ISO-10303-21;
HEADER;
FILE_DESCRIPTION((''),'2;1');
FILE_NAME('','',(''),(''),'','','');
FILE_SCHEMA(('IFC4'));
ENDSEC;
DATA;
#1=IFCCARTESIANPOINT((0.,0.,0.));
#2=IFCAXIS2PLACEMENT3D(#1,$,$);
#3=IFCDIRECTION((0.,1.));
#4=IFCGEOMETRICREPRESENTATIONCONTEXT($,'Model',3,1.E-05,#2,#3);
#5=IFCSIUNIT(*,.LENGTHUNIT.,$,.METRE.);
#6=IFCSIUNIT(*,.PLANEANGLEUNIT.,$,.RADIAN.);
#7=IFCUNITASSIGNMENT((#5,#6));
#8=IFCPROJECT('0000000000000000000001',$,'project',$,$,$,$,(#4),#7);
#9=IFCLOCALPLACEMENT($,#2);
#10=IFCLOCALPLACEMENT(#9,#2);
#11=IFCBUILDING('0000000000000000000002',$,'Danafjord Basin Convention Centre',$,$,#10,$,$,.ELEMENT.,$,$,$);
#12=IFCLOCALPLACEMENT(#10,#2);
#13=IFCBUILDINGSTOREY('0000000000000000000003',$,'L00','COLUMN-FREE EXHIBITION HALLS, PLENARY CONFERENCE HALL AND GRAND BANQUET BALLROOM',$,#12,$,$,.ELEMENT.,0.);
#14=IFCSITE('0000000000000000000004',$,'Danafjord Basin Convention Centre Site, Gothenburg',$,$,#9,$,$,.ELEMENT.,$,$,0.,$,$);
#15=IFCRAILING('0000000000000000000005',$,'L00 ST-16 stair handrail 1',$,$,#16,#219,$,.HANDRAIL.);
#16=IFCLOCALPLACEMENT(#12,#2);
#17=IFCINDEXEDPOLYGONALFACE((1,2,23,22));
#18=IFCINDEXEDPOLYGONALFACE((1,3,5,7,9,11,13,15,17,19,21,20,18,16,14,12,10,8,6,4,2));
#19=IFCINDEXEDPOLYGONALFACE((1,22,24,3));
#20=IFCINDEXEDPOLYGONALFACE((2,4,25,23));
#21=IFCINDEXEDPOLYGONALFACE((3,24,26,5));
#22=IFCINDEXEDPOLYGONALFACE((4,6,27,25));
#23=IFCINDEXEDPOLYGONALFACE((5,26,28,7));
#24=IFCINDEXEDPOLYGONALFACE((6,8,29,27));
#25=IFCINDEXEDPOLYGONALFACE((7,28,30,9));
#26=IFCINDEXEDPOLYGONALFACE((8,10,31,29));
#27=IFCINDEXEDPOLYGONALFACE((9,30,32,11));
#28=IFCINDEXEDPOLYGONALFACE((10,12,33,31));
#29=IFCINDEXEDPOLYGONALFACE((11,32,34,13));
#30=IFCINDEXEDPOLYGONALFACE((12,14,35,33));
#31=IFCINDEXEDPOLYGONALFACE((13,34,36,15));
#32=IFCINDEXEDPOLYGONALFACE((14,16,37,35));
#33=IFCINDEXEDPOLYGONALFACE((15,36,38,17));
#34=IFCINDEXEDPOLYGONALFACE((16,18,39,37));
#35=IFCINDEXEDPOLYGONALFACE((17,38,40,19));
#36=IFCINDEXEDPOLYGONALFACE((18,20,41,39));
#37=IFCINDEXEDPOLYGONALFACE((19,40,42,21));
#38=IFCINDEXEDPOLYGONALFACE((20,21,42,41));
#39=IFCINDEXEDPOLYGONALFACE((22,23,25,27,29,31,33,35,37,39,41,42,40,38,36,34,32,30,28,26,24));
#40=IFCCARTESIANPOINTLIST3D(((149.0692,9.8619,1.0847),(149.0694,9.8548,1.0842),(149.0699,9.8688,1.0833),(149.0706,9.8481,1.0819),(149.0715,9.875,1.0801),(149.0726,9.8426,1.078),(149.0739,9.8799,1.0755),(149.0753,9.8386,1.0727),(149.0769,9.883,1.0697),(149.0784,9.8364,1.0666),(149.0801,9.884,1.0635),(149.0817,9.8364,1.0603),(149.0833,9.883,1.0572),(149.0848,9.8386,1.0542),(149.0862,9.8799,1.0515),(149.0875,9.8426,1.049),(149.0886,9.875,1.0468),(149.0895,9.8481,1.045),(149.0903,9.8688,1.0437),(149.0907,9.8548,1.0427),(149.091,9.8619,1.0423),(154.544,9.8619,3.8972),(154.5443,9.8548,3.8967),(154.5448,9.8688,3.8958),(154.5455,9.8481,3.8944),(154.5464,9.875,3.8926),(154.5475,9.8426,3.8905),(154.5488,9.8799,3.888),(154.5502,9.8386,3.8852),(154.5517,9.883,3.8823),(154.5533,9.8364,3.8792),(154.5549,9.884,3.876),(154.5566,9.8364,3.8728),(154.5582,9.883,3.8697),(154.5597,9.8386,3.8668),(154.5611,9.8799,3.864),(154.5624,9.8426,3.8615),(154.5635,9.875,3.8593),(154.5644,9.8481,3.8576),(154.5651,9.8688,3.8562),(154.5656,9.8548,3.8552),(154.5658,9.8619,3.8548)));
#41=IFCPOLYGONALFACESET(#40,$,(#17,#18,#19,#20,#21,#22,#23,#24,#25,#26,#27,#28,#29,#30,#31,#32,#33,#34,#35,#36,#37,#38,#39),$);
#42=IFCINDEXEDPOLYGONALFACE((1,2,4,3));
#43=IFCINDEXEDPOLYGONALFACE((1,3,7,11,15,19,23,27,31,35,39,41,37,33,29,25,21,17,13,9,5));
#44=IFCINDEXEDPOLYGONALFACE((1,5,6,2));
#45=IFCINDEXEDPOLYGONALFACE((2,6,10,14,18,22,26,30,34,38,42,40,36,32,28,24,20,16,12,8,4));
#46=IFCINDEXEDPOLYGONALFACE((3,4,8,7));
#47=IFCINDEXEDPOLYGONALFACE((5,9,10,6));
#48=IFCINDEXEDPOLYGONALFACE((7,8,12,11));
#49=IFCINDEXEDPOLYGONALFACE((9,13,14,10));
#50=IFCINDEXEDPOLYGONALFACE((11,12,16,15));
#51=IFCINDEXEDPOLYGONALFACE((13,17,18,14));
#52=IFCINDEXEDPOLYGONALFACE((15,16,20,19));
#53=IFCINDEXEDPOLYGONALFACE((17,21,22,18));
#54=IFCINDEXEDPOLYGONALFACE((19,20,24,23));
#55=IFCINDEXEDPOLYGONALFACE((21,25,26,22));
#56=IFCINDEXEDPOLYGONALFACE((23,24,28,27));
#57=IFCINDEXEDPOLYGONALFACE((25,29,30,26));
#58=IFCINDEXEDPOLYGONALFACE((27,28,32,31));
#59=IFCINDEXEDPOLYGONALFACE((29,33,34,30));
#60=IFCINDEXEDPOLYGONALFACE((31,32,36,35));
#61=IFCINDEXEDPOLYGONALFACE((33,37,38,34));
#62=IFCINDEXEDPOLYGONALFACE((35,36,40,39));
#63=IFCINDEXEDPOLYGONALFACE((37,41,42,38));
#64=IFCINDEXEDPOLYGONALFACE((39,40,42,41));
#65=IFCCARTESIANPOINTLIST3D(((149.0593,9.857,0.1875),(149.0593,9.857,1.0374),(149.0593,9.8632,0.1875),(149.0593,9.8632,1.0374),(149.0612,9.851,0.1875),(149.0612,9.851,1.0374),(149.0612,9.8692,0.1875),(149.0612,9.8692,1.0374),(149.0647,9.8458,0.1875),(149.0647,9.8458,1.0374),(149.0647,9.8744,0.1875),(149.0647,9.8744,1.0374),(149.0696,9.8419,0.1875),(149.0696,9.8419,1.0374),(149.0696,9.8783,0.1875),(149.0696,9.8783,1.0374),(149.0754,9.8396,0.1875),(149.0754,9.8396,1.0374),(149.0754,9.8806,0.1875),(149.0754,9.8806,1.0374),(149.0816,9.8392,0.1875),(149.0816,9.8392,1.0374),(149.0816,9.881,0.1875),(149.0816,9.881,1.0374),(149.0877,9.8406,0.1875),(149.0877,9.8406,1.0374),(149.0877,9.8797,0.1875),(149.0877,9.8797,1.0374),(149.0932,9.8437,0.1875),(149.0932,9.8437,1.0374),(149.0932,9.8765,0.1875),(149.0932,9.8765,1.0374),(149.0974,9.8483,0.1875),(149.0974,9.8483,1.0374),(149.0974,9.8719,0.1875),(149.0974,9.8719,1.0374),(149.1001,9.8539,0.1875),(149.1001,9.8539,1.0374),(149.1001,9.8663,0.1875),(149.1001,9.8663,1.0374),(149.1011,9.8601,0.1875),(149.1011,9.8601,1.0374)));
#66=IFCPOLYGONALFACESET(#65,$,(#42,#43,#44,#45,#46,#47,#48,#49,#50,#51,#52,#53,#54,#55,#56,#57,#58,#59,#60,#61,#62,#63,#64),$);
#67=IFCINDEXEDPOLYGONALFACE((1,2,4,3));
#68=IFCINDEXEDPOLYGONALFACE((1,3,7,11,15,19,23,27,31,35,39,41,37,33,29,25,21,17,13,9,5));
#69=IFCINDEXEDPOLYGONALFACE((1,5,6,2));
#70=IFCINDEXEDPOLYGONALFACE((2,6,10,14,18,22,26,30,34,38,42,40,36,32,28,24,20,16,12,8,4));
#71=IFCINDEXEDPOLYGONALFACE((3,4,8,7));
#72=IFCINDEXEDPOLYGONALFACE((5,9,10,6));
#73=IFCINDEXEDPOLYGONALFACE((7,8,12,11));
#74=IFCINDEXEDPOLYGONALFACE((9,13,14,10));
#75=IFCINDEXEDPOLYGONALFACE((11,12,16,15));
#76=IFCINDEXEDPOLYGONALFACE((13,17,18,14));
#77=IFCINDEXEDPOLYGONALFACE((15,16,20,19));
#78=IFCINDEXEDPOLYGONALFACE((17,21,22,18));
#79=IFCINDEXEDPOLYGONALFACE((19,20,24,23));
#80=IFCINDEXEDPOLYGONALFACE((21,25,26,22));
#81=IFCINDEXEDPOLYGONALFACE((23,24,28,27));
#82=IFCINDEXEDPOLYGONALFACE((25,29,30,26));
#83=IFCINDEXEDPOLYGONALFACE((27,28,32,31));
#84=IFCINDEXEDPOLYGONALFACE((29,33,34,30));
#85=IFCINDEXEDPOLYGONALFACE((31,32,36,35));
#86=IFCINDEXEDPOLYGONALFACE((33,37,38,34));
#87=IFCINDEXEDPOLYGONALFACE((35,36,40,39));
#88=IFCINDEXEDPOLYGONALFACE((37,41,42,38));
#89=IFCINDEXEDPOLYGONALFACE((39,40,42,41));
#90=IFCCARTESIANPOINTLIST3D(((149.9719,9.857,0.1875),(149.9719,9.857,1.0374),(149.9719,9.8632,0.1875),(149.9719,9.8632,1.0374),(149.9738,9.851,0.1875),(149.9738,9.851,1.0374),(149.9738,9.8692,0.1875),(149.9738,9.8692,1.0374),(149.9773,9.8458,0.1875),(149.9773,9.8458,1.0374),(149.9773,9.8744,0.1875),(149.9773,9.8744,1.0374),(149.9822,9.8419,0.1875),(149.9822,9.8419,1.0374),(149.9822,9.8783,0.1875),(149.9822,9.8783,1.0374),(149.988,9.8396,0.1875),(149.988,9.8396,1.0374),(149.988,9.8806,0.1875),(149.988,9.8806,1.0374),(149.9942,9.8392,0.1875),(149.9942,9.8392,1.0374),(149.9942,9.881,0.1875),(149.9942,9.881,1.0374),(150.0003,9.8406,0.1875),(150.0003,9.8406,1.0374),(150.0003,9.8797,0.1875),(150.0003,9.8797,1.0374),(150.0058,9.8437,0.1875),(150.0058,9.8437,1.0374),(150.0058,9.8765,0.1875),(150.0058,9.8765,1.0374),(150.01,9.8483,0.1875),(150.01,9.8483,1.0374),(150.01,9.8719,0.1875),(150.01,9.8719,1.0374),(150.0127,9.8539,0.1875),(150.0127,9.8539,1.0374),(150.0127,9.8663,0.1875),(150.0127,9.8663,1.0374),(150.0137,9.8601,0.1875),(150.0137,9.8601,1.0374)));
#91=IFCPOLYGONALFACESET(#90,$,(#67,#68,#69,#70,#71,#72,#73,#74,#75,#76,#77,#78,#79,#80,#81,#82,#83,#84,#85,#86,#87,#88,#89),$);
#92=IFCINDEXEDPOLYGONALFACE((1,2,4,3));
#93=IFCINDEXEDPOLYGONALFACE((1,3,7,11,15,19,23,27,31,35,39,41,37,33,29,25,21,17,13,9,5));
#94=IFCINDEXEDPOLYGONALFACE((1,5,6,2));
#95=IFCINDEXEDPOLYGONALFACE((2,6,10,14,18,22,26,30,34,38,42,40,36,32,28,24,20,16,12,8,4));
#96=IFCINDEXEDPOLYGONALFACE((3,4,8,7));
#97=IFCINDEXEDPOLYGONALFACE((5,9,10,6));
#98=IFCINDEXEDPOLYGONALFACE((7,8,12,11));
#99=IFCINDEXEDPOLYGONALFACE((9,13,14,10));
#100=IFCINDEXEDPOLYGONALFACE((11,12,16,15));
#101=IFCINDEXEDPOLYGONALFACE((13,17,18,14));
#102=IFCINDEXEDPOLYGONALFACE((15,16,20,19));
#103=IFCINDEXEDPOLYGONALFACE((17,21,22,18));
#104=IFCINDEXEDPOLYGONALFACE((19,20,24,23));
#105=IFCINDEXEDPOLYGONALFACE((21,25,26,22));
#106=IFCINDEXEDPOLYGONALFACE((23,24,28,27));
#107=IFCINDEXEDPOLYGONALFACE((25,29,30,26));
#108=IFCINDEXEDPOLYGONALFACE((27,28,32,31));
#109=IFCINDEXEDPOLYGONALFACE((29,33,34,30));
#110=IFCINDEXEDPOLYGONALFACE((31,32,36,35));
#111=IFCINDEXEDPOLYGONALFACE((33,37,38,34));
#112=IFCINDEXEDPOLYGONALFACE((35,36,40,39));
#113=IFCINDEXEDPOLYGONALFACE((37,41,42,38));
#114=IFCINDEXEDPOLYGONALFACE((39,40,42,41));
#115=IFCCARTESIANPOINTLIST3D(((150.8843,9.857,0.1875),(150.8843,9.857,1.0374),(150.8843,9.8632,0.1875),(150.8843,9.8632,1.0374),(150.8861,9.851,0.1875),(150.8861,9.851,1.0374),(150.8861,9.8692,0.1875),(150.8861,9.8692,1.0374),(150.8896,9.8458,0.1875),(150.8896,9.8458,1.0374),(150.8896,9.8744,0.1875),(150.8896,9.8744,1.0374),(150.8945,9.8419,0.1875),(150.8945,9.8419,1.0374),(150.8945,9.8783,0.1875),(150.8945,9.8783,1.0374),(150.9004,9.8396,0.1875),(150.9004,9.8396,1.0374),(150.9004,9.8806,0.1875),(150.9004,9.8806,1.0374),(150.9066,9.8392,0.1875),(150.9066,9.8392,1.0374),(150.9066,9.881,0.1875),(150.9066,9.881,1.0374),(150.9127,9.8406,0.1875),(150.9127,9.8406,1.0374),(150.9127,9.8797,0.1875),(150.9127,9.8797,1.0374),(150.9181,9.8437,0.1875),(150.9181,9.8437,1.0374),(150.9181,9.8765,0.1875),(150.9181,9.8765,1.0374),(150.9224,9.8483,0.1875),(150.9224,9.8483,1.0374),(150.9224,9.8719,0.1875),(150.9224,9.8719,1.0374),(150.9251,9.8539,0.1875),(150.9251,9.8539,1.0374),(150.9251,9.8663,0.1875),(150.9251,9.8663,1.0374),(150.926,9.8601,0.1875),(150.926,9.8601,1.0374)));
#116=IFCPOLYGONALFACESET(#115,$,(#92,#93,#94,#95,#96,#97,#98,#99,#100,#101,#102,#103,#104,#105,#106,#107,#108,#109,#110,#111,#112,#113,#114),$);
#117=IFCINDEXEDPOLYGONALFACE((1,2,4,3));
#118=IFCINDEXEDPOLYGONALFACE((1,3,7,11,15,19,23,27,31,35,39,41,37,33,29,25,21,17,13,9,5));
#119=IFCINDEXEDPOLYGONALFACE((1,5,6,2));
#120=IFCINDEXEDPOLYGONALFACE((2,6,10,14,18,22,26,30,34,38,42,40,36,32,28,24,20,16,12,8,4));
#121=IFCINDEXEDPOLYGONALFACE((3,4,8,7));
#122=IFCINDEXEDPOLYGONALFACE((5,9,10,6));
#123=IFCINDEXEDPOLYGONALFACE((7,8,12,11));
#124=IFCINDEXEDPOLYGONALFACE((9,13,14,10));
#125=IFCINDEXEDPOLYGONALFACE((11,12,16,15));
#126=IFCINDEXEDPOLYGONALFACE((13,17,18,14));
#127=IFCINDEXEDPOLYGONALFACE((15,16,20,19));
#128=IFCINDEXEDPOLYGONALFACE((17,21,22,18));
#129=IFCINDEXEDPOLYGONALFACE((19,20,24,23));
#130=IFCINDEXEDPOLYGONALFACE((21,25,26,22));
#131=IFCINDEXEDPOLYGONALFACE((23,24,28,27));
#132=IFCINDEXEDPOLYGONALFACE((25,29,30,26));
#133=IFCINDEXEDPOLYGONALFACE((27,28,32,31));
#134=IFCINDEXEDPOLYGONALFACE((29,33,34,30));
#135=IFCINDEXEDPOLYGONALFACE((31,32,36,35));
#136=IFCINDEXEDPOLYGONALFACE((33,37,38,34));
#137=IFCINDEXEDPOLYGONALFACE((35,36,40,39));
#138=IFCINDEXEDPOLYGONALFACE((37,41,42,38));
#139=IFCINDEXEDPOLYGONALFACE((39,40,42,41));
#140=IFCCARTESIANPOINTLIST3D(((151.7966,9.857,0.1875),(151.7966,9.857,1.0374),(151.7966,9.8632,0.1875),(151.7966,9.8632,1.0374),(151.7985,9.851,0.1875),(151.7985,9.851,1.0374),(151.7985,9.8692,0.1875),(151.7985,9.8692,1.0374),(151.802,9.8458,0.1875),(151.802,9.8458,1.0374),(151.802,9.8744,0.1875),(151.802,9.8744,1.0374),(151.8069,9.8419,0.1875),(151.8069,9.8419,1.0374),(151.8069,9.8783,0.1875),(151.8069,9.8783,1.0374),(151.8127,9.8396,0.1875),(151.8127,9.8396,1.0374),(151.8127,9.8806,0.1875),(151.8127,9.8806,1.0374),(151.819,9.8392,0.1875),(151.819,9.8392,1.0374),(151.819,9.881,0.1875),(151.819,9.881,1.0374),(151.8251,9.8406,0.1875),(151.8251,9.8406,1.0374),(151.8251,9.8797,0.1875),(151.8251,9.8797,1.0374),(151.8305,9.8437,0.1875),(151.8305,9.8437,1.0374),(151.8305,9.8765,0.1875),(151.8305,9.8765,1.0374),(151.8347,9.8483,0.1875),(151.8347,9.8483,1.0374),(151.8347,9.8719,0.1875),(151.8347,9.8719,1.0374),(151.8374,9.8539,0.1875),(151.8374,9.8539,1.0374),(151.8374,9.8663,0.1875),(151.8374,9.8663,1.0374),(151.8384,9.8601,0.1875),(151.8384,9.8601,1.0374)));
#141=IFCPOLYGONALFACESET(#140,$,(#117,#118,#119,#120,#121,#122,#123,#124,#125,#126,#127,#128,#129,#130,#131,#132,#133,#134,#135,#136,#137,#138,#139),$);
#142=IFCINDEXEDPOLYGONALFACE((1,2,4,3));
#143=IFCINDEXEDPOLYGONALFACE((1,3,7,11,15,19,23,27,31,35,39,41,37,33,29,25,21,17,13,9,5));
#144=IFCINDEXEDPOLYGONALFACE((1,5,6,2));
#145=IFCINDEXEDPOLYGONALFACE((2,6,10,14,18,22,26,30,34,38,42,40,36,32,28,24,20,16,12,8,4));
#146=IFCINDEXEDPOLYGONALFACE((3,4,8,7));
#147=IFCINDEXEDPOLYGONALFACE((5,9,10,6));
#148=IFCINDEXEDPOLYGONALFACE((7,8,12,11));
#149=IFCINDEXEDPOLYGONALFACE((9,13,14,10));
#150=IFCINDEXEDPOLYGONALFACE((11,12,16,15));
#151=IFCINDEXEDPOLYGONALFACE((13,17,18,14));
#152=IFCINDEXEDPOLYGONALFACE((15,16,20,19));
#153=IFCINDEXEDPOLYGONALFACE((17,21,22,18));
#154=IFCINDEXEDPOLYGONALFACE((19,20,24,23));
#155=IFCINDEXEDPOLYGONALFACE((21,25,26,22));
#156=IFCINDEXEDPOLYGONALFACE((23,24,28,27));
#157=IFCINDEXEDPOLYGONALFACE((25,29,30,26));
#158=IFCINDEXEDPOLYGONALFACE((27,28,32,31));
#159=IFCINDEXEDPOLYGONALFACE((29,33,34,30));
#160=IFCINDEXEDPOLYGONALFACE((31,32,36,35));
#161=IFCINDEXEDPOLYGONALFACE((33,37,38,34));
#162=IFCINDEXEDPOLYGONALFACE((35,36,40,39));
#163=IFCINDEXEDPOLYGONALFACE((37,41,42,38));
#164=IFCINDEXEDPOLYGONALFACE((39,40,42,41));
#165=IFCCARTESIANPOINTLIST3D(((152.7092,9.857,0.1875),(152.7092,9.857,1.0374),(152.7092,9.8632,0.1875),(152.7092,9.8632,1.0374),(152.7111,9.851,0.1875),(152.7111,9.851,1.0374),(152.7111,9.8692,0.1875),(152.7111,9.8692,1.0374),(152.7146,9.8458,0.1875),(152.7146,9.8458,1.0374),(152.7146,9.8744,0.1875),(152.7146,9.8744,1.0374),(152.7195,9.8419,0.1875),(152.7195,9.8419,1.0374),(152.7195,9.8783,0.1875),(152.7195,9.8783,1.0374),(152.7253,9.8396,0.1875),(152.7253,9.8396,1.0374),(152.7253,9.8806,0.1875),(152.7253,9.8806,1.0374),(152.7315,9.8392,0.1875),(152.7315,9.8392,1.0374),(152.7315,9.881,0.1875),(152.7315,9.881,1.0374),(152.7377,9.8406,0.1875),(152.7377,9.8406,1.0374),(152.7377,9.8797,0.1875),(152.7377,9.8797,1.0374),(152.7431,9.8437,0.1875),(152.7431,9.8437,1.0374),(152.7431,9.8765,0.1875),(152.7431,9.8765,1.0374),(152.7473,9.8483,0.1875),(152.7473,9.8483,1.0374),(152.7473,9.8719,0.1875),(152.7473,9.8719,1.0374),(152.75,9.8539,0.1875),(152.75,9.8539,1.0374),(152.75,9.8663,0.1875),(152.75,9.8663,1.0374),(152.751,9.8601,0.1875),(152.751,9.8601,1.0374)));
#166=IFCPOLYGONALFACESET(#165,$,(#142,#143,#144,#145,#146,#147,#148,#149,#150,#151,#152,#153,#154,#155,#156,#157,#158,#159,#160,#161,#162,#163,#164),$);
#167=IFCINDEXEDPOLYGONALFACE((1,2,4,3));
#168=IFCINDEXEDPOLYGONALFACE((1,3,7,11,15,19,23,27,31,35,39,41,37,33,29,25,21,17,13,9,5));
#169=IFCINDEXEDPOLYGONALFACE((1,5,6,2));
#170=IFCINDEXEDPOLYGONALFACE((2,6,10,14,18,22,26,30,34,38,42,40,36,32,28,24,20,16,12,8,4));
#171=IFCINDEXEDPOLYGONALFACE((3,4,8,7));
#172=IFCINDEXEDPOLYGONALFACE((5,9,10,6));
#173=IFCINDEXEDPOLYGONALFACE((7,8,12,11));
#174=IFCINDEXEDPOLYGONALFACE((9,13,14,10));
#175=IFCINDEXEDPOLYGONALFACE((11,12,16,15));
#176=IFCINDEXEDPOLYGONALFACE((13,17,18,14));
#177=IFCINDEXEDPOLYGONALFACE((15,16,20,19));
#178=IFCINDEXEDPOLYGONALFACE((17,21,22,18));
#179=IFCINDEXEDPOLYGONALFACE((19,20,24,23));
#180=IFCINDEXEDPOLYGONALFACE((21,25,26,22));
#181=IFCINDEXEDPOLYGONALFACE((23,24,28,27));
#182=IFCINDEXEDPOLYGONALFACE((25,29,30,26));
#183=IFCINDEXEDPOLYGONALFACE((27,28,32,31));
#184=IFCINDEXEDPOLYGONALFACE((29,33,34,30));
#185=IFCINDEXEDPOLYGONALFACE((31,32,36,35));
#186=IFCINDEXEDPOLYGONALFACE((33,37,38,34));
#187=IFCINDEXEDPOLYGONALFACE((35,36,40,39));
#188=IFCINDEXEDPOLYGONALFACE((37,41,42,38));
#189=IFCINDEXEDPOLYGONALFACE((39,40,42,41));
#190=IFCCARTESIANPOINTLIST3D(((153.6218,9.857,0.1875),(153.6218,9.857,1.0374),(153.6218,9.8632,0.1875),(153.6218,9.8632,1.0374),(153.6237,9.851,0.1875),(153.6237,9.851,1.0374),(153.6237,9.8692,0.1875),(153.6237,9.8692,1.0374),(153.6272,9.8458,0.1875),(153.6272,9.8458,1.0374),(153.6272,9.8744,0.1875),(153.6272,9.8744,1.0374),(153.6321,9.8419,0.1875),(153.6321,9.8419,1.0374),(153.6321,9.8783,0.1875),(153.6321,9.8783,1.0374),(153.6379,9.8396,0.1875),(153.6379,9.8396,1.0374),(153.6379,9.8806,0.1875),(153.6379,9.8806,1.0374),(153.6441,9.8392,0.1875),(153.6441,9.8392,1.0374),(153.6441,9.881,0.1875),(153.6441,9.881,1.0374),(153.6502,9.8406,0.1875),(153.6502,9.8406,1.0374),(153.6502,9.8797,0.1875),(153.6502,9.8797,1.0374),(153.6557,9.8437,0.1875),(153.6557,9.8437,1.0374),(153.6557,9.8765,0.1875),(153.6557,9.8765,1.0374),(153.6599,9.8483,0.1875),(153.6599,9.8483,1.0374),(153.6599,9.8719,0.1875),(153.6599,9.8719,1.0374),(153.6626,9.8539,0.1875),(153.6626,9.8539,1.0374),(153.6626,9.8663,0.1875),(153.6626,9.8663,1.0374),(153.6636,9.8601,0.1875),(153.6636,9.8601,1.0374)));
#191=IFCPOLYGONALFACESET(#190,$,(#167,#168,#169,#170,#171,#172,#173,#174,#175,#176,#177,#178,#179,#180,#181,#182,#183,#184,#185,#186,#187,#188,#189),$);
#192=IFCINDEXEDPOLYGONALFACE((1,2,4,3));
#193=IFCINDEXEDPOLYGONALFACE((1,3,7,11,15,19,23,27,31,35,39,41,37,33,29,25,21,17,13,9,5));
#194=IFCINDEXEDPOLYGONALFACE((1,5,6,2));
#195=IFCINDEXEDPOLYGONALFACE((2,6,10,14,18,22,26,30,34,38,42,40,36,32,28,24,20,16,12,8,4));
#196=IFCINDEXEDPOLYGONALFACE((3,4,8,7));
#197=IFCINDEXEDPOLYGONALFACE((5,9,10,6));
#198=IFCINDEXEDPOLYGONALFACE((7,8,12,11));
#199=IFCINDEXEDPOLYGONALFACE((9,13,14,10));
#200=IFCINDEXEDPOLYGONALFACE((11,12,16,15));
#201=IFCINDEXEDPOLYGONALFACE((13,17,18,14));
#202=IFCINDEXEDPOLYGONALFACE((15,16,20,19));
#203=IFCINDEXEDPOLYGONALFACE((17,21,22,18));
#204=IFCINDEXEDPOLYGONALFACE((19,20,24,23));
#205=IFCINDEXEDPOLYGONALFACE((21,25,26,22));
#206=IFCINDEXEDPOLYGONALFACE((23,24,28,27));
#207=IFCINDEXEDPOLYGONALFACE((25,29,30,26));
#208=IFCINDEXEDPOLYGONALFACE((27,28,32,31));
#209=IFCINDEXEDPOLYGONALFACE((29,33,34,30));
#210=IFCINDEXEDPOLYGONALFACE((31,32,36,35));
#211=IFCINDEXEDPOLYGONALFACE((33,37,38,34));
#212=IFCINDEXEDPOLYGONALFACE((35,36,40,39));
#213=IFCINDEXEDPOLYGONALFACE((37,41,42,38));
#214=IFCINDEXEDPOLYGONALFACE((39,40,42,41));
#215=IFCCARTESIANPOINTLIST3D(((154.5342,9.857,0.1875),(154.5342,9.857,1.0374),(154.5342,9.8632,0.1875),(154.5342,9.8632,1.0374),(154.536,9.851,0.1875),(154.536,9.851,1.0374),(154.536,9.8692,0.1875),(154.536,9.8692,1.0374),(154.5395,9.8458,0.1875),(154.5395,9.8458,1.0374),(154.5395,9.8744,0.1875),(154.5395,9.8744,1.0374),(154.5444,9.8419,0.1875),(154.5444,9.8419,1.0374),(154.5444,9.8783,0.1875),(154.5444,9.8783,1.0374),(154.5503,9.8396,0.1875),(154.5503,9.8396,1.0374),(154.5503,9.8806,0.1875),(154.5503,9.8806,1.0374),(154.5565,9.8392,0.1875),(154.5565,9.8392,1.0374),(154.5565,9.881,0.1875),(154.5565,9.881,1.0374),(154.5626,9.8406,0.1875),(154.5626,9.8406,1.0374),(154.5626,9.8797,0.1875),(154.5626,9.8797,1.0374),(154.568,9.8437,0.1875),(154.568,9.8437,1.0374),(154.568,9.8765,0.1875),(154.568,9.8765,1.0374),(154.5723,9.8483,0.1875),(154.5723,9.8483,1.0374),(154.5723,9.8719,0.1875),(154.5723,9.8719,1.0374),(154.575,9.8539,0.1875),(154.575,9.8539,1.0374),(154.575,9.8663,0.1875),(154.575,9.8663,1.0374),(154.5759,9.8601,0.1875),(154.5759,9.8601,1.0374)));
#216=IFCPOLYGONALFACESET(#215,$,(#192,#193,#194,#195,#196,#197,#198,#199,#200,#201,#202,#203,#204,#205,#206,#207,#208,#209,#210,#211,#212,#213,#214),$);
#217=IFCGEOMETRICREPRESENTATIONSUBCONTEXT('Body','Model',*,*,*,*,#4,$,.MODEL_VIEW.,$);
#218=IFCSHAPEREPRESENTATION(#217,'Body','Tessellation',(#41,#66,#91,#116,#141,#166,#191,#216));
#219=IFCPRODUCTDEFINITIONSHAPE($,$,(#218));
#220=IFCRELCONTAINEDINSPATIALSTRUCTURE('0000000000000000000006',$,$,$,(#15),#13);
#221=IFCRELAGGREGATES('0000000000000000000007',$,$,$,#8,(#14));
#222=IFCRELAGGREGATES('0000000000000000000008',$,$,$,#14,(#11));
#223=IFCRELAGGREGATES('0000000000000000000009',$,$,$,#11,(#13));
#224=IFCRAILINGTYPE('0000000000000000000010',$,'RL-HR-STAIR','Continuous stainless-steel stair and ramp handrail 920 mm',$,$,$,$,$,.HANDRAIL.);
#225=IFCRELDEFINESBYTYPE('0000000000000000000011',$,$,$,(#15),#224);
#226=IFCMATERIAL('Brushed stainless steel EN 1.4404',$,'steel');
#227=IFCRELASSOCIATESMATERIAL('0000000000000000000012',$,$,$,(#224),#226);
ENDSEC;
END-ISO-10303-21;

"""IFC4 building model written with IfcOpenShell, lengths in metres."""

from ifc_helpers import new_model, si_unit, direction, frame, origin, origin_2d, place, context, subcontext, project, spatial, circle, extrude, material, type_object, element, save


model = new_model("IFC4")

# Units and contexts
model_context = context("Model", 3, precision=1e-05, world=origin(), true_north=direction((0.0, 1.0)))
body_context = subcontext(model_context, "Body", "Model", "MODEL_VIEW")
ifc_project = project(units=[si_unit("LENGTHUNIT", "METRE"), si_unit("PLANEANGLEUNIT", "RADIAN")], contexts=[model_context])

# Site, building, storey
site_placement = place(None, origin())
site = spatial("IfcSite", under=ifc_project, at=site_placement, Name="Danafjord Basin Convention Centre Site, Gothenburg", CompositionType="ELEMENT", RefElevation=0.0)
building_placement = place(site_placement, origin())
building = spatial("IfcBuilding", under=site, at=building_placement, Name="Danafjord Basin Convention Centre", CompositionType="ELEMENT")
storey_placement = place(building_placement, origin())
storey = spatial("IfcBuildingStorey", under=building, at=storey_placement, Name="L00", Description="COLUMN-FREE EXHIBITION HALLS, PLENARY CONFERENCE HALL AND GRAND BANQUET BALLROOM", CompositionType="ELEMENT", Elevation=0.0)

# Railing
ifc_material_1 = material(Name="Brushed stainless steel EN 1.4404", Category="steel")
railing_type_1 = type_object("IfcRailingType", Name="RL-HR-STAIR", Description="Continuous stainless-steel stair and ramp handrail 920 mm", PredefinedType="HANDRAIL", material=ifc_material_1)
railing_1_placement = place(storey_placement, frame((149.0801, 9.8601, 0.1875)))
element("IfcRailing", 1, at=railing_1_placement, inside=storey, type_object=railing_type_1, Name="L00 ST-16 stair handrail 1", PredefinedType="HANDRAIL", context=body_context, shape_type="SweptSolid", body=[
    extrude(circle(Radius=0.0239, at=origin_2d()), frame((0.0, 0.0, 0.876), z_axis=(0.889495, 0.0, 0.456945), x_axis=(0.0, 1.0, 0.0)), (0.0, 0.0, 1.0), 6.155),
    extrude(circle(Radius=0.021, at=origin_2d()), origin(), (0.0, 0.0, 1.0), 0.8499),
    extrude(circle(Radius=0.021, at=origin_2d()), frame((0.9126, 0.0, 0.0)), (0.0, 0.0, 1.0), 0.8499),
    extrude(circle(Radius=0.021, at=origin_2d()), frame((1.825, 0.0, 0.0)), (0.0, 0.0, 1.0), 0.8499),
    extrude(circle(Radius=0.021, at=origin_2d()), frame((2.7373, 0.0, 0.0)), (0.0, 0.0, 1.0), 0.8499),
    extrude(circle(Radius=0.021, at=origin_2d()), frame((3.6499, 0.0, 0.0)), (0.0, 0.0, 1.0), 0.8499),
    extrude(circle(Radius=0.021, at=origin_2d()), frame((4.5625, 0.0, 0.0)), (0.0, 0.0, 1.0), 0.8499),
    extrude(circle(Radius=0.021, at=origin_2d()), frame((5.4749, 0.0, 0.0)), (0.0, 0.0, 1.0), 0.8499),
])

save(model, "model.ifc")
